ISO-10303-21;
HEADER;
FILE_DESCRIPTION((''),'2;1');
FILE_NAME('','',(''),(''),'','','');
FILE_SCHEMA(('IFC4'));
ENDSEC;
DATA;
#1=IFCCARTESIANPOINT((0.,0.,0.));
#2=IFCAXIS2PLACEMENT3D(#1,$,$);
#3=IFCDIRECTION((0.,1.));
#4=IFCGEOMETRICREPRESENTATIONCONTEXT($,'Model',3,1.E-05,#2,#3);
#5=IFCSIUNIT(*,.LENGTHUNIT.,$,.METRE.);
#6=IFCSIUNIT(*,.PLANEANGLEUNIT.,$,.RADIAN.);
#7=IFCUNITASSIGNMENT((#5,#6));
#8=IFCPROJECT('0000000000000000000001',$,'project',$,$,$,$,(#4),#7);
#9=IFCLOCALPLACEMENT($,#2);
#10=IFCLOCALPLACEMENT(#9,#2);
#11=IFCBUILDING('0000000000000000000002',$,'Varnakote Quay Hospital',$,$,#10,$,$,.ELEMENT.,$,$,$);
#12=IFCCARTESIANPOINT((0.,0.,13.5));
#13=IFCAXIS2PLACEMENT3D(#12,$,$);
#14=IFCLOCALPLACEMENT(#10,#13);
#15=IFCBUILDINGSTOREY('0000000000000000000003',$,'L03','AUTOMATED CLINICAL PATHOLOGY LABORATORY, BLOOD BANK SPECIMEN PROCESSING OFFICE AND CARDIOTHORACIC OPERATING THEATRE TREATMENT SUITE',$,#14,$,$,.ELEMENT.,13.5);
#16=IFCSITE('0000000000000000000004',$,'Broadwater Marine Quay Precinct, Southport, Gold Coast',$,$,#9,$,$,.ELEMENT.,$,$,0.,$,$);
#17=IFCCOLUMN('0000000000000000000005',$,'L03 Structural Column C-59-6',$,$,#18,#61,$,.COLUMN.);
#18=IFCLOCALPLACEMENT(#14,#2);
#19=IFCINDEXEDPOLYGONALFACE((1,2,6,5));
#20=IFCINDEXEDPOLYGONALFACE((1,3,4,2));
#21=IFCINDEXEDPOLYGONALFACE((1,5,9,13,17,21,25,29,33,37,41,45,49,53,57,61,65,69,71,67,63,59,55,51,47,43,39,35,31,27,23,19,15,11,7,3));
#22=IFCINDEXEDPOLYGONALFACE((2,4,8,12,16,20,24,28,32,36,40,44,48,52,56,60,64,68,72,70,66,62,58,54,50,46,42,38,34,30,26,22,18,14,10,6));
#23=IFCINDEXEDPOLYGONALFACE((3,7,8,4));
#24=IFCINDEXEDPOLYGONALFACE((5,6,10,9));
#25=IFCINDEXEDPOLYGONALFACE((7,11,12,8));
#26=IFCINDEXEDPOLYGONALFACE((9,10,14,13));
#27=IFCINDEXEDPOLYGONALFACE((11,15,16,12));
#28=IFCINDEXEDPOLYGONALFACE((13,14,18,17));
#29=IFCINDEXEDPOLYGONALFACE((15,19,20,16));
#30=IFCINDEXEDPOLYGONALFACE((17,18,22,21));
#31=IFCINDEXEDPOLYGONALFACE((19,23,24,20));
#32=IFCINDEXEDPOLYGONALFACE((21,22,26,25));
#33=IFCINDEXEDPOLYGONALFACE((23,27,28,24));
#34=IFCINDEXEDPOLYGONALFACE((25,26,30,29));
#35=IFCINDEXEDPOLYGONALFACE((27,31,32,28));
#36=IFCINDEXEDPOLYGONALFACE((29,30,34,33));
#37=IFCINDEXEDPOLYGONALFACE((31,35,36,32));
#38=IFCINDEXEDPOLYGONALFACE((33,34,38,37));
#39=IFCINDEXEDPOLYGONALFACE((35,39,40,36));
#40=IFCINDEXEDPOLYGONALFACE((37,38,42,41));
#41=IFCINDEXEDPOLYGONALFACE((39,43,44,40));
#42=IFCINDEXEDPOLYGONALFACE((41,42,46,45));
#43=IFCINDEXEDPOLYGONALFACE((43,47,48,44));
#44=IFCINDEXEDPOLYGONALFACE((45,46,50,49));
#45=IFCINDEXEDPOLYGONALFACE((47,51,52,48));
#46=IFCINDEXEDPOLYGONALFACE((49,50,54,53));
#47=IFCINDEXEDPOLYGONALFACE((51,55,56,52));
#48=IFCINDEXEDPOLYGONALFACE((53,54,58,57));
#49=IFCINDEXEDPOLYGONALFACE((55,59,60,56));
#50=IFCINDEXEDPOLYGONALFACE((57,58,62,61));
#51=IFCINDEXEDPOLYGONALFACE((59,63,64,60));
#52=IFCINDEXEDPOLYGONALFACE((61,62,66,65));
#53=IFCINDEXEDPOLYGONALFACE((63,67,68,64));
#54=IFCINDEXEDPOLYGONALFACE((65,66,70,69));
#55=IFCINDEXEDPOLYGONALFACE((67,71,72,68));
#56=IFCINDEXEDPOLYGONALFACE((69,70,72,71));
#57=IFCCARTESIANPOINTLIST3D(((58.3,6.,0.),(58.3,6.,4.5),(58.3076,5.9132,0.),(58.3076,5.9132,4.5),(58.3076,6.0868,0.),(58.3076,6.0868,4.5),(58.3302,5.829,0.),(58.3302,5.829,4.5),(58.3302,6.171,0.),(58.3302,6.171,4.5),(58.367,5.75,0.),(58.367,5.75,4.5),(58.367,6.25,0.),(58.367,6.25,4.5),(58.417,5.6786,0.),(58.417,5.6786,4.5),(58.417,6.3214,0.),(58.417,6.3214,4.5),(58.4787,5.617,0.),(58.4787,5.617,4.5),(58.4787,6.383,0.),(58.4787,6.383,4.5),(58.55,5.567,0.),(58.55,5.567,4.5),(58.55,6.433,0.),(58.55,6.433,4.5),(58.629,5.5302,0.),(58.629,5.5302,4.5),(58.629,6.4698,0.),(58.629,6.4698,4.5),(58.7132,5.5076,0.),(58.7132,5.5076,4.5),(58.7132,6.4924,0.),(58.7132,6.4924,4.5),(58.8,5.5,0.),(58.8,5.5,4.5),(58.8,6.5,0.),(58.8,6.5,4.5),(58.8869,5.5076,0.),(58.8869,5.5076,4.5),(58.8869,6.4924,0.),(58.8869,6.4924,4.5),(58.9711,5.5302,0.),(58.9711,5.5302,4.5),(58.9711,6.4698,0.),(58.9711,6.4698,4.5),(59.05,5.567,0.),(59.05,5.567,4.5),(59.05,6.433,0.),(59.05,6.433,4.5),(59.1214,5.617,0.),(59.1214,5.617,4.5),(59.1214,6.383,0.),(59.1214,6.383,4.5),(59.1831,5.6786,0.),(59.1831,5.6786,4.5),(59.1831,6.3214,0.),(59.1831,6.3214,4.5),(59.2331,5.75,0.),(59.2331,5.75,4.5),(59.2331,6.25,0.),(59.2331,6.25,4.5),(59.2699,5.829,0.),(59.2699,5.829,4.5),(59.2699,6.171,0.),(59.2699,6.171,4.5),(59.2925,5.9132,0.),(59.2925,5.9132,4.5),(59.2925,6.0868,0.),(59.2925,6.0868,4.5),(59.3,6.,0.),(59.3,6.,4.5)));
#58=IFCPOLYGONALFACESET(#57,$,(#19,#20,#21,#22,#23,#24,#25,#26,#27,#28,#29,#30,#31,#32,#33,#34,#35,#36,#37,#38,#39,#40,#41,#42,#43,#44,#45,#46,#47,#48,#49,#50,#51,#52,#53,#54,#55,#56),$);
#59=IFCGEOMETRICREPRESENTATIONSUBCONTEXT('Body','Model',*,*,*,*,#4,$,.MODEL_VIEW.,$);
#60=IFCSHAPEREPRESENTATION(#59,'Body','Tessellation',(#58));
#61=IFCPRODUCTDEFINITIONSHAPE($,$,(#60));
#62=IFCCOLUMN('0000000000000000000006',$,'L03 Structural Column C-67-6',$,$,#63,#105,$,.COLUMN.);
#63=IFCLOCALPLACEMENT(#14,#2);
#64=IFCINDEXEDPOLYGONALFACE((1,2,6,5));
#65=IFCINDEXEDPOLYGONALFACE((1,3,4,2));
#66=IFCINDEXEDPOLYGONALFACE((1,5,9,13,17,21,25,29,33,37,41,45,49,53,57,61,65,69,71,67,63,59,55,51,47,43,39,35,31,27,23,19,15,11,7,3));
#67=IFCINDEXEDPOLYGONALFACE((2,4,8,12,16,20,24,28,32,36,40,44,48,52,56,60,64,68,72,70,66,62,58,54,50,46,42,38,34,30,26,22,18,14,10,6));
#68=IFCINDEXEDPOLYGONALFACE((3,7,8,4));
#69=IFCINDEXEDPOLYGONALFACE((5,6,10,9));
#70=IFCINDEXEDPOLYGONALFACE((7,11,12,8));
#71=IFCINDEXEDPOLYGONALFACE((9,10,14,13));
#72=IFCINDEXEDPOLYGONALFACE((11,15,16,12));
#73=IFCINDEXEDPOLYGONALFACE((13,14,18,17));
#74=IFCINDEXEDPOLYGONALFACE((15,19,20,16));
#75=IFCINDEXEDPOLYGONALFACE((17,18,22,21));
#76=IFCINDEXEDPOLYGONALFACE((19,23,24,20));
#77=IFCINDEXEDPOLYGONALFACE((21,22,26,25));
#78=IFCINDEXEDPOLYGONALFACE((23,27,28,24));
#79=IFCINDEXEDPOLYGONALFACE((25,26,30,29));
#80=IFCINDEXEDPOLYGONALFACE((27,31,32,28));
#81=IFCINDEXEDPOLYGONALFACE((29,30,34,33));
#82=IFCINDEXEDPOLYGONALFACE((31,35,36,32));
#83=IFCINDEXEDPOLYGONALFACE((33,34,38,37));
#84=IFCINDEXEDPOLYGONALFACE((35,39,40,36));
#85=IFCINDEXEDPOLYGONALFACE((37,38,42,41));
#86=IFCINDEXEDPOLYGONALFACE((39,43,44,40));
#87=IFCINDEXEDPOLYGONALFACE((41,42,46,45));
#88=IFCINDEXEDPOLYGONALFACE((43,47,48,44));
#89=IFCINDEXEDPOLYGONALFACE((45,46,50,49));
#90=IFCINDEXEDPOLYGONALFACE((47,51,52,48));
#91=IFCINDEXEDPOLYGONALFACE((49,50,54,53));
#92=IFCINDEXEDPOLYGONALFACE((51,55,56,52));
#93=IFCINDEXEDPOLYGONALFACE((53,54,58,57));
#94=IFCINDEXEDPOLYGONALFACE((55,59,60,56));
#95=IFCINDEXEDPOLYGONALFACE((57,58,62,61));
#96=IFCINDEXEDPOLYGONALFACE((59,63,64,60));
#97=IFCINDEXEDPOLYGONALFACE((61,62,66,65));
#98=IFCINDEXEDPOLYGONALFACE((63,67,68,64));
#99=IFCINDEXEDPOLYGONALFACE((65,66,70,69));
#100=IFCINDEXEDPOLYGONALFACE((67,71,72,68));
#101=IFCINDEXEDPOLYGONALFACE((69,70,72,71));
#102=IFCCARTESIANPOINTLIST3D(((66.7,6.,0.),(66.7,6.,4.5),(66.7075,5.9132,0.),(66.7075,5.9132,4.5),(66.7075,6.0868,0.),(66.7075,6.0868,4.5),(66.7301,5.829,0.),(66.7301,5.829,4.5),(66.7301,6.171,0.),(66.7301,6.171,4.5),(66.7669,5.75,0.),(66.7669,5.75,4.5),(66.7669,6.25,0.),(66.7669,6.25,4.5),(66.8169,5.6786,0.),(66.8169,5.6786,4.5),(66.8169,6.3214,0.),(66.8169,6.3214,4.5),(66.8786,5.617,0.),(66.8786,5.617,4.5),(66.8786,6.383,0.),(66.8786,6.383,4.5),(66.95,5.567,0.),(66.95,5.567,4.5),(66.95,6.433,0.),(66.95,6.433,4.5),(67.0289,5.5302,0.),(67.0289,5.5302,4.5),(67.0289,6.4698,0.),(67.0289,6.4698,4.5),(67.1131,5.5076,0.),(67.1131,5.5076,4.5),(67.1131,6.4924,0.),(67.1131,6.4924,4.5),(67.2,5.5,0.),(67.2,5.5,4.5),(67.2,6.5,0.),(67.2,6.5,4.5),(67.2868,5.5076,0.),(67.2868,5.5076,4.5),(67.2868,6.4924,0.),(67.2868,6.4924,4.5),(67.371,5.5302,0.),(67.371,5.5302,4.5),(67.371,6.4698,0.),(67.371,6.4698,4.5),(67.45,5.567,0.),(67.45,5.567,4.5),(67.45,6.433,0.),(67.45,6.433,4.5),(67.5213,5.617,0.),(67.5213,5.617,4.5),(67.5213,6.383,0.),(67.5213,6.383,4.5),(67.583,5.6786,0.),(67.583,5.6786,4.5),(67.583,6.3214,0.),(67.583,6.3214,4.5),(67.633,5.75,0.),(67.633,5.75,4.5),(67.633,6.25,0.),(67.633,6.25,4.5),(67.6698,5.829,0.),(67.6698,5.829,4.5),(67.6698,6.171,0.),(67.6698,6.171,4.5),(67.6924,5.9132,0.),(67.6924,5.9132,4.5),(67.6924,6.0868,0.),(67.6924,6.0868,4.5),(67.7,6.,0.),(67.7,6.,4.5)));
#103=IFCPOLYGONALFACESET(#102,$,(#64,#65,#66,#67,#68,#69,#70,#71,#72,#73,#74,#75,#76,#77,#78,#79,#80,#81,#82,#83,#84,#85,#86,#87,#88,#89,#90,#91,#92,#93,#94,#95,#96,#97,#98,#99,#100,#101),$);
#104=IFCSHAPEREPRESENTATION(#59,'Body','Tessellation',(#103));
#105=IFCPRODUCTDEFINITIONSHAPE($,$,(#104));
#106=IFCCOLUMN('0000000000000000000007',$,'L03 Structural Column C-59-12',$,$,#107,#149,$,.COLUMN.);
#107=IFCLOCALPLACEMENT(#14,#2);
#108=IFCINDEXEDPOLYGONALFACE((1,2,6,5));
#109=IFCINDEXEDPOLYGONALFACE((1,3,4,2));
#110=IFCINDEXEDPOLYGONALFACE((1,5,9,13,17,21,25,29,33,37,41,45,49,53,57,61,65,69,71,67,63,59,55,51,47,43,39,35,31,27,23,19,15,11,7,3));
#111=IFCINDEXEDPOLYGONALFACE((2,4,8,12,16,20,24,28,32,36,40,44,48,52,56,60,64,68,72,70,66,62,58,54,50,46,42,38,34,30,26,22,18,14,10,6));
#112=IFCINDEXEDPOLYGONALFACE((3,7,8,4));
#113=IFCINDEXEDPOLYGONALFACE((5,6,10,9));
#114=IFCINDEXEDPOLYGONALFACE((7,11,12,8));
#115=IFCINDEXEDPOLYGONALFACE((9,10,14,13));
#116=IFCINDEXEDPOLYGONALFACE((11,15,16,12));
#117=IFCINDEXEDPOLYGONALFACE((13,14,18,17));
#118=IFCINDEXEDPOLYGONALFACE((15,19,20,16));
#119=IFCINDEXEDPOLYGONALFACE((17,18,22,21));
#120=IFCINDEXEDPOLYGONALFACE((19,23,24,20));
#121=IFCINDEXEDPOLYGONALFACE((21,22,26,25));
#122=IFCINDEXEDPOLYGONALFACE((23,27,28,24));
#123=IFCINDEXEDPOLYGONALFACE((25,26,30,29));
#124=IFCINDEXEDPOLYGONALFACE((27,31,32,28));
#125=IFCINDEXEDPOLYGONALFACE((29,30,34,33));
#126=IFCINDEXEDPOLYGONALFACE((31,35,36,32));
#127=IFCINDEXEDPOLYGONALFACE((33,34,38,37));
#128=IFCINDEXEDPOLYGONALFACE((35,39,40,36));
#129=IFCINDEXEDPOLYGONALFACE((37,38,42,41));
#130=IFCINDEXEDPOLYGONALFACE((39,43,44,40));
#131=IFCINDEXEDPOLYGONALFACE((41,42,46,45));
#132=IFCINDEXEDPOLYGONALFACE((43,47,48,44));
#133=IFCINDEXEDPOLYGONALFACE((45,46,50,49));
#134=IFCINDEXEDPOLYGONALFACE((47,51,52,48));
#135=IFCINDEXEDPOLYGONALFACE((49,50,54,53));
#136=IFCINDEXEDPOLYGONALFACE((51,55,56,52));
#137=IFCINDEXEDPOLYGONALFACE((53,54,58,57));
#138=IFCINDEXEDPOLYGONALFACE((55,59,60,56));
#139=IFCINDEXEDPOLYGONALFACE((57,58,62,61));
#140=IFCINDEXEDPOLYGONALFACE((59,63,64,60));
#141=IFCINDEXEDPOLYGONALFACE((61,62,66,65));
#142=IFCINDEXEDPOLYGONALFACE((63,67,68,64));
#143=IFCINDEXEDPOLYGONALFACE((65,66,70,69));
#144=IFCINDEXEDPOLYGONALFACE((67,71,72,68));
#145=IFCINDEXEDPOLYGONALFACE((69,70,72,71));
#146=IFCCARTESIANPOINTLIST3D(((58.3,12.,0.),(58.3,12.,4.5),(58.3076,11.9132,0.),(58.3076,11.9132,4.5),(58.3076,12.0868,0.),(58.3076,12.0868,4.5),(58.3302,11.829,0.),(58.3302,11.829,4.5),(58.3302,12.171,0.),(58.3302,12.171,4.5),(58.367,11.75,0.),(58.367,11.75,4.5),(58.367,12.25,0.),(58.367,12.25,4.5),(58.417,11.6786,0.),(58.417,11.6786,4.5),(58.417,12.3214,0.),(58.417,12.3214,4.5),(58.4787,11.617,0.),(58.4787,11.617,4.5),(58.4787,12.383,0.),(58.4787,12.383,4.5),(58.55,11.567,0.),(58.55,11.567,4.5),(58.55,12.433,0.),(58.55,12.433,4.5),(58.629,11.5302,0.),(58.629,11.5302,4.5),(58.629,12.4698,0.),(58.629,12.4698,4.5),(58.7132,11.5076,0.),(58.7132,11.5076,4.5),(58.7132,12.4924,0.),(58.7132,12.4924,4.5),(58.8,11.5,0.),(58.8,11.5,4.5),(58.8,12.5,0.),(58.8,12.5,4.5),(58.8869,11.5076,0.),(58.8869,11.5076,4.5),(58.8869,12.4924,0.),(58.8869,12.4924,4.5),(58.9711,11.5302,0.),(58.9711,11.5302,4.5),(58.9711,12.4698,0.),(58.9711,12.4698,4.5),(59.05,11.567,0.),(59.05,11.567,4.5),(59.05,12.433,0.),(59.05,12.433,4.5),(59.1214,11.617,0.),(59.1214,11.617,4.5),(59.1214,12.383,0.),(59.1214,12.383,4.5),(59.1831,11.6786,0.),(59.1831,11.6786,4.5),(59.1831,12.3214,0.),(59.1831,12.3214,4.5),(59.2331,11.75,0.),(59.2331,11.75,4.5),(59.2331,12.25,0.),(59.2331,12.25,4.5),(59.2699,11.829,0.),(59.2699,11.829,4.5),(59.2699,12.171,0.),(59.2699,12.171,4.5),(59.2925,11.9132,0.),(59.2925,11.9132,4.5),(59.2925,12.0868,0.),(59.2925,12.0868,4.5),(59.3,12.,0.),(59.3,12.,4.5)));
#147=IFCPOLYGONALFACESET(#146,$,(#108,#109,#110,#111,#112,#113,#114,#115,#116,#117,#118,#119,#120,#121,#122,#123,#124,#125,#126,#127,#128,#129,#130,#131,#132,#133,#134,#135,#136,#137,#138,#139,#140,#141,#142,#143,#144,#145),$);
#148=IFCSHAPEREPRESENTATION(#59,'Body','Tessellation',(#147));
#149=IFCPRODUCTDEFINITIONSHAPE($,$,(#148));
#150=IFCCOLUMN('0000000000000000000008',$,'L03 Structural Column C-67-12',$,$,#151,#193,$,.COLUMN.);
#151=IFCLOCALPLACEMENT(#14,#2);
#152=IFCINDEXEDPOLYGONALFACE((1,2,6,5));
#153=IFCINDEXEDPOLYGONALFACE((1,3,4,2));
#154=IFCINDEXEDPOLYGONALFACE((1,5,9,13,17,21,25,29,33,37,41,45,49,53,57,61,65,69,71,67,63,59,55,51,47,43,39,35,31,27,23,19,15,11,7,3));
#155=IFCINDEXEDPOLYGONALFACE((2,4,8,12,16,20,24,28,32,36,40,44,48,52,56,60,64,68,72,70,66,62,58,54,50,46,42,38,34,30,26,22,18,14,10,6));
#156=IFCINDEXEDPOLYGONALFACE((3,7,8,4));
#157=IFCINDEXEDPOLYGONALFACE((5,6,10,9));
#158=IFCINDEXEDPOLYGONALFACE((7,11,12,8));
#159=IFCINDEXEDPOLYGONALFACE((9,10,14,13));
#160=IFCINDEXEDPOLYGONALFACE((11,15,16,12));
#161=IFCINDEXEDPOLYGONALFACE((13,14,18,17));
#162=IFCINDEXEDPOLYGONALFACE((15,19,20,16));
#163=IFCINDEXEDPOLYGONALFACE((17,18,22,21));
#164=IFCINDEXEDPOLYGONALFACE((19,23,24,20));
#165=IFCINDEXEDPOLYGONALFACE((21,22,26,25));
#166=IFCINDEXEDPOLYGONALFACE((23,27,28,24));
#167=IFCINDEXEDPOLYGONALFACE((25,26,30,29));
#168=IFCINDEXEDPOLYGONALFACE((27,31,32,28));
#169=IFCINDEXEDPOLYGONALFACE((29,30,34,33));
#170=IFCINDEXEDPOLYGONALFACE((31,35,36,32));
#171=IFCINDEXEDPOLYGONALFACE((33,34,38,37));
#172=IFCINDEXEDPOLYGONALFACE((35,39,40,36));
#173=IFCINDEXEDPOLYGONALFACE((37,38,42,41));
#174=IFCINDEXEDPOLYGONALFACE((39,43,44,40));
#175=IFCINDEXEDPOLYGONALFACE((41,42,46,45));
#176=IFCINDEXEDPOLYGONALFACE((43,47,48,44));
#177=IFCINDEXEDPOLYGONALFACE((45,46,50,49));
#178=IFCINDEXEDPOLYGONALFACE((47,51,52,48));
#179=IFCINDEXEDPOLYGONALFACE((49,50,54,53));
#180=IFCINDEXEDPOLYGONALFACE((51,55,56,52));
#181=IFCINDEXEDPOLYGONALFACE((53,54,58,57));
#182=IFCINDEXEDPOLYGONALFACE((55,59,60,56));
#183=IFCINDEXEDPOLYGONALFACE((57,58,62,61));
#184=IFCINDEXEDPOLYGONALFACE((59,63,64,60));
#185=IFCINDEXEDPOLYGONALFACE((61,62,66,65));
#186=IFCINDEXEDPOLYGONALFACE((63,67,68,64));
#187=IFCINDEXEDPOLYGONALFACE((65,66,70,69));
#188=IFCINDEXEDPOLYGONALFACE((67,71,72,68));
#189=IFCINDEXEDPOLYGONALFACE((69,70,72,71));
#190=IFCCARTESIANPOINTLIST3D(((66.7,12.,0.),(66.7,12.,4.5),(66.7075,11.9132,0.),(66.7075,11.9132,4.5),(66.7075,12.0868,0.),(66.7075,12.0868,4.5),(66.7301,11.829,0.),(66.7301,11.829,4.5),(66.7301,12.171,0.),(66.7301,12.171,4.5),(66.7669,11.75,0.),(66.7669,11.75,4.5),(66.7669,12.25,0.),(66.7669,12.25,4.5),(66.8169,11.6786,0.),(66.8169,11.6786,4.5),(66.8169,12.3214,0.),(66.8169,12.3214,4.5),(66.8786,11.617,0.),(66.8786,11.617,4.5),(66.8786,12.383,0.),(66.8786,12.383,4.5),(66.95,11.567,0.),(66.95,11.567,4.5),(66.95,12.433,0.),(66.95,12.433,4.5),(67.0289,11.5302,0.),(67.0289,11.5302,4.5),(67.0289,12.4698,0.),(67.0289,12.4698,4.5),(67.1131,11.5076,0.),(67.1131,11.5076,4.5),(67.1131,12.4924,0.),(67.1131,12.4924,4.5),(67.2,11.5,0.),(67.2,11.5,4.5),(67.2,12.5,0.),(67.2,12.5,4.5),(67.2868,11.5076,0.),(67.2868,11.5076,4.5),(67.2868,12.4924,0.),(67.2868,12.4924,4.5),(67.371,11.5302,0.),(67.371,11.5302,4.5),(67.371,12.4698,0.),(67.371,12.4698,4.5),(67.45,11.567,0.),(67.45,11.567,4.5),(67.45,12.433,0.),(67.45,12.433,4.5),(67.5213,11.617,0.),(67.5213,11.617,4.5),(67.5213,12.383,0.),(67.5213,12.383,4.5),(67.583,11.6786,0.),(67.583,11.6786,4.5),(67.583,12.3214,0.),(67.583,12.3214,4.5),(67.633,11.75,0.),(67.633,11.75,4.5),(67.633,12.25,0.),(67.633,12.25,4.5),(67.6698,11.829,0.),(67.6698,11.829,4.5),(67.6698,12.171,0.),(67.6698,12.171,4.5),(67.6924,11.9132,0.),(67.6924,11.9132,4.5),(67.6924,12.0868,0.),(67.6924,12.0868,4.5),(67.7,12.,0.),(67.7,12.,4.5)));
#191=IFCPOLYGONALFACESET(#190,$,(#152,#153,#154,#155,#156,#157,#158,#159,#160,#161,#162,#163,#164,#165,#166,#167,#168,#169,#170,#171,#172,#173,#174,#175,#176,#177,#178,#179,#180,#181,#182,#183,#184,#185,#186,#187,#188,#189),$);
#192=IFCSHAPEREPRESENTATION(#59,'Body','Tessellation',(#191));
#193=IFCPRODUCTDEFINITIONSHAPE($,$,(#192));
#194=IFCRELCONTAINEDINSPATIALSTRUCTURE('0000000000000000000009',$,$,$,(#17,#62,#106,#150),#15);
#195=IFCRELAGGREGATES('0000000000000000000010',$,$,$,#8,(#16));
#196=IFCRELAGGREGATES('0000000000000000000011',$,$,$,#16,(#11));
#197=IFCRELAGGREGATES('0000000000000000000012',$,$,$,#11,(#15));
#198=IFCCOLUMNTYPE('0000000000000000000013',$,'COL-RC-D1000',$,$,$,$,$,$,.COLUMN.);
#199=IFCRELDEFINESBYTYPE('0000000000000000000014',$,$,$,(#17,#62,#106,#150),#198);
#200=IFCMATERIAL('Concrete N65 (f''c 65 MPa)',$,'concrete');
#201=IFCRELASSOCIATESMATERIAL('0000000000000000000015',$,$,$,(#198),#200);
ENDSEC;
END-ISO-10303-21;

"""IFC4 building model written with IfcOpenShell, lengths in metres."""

from ifc_helpers import new_model, si_unit, direction, frame, origin, origin_2d, place, context, subcontext, project, spatial, circle, extrude, material, material_profile, profile_set, type_object, element, save


model = new_model("IFC4")

# Units and contexts
model_context = context("Model", 3, precision=1e-05, world=origin(), true_north=direction((0.0, 1.0)))
body_context = subcontext(model_context, "Body", "Model", "MODEL_VIEW")
ifc_project = project(units=[si_unit("LENGTHUNIT", "METRE"), si_unit("PLANEANGLEUNIT", "RADIAN")], contexts=[model_context])

# Site, building, storey
site_placement = place(None, origin())
site = spatial("IfcSite", under=ifc_project, at=site_placement, Name="Broadwater Marine Quay Precinct, Southport, Gold Coast", CompositionType="ELEMENT", RefElevation=0.0)
building_placement = place(site_placement, origin())
building = spatial("IfcBuilding", under=site, at=building_placement, Name="Varnakote Quay Hospital", CompositionType="ELEMENT")
storey_placement = place(building_placement, frame((0.0, 0.0, 13.5)))
storey = spatial("IfcBuildingStorey", under=building, at=storey_placement, Name="L03", Description="AUTOMATED CLINICAL PATHOLOGY LABORATORY, BLOOD BANK SPECIMEN PROCESSING OFFICE AND CARDIOTHORACIC OPERATING THEATRE TREATMENT SUITE", CompositionType="ELEMENT", Elevation=13.5)

# Columns
ifc_material_1 = material(Name="Concrete N65 (f'c 65 MPa)", Category="concrete")
ifc_material_profile_1 = material_profile(ifc_material_1, circle(Radius=0.5, at=origin_2d()), Name="RC-COL-D1000")
ifc_profile_set_1 = profile_set([ifc_material_profile_1], Name="Concrete N65 (f'c 65 MPa)")
column_type = type_object("IfcColumnType", Name="COL-RC-D1000", PredefinedType="COLUMN", material=ifc_profile_set_1)
for number, where, z_axis, x_axis, name in (
    (1, (58.8, 6.0, 0.0), (0.0, 0.0, 1.0), (1.0, 0.0, 0.0), "L03 Structural Column C-59-6"),
    (2, (67.2, 6.0, 0.0), (0.0, 0.0, 1.0), (1.0, 0.0, 0.0), "L03 Structural Column C-67-6"),
    (3, (58.8, 12.0, 0.0), (0.0, 0.0, 1.0), (1.0, 0.0, 0.0), "L03 Structural Column C-59-12"),
    (4, (67.2, 12.0, 0.0), (0.0, 0.0, 1.0), (1.0, 0.0, 0.0), "L03 Structural Column C-67-12"),
):
    element("IfcColumn", number, at=place(storey_placement, frame(where, z_axis=z_axis, x_axis=x_axis)), inside=storey, type_object=column_type, Name=name, PredefinedType="COLUMN", context=body_context, shape_type="SweptSolid", body=[
        extrude(circle(Radius=0.5, at=origin_2d()), origin(), (0.0, 0.0, 1.0), 4.5),
    ])

save(model, "model.ifc")
